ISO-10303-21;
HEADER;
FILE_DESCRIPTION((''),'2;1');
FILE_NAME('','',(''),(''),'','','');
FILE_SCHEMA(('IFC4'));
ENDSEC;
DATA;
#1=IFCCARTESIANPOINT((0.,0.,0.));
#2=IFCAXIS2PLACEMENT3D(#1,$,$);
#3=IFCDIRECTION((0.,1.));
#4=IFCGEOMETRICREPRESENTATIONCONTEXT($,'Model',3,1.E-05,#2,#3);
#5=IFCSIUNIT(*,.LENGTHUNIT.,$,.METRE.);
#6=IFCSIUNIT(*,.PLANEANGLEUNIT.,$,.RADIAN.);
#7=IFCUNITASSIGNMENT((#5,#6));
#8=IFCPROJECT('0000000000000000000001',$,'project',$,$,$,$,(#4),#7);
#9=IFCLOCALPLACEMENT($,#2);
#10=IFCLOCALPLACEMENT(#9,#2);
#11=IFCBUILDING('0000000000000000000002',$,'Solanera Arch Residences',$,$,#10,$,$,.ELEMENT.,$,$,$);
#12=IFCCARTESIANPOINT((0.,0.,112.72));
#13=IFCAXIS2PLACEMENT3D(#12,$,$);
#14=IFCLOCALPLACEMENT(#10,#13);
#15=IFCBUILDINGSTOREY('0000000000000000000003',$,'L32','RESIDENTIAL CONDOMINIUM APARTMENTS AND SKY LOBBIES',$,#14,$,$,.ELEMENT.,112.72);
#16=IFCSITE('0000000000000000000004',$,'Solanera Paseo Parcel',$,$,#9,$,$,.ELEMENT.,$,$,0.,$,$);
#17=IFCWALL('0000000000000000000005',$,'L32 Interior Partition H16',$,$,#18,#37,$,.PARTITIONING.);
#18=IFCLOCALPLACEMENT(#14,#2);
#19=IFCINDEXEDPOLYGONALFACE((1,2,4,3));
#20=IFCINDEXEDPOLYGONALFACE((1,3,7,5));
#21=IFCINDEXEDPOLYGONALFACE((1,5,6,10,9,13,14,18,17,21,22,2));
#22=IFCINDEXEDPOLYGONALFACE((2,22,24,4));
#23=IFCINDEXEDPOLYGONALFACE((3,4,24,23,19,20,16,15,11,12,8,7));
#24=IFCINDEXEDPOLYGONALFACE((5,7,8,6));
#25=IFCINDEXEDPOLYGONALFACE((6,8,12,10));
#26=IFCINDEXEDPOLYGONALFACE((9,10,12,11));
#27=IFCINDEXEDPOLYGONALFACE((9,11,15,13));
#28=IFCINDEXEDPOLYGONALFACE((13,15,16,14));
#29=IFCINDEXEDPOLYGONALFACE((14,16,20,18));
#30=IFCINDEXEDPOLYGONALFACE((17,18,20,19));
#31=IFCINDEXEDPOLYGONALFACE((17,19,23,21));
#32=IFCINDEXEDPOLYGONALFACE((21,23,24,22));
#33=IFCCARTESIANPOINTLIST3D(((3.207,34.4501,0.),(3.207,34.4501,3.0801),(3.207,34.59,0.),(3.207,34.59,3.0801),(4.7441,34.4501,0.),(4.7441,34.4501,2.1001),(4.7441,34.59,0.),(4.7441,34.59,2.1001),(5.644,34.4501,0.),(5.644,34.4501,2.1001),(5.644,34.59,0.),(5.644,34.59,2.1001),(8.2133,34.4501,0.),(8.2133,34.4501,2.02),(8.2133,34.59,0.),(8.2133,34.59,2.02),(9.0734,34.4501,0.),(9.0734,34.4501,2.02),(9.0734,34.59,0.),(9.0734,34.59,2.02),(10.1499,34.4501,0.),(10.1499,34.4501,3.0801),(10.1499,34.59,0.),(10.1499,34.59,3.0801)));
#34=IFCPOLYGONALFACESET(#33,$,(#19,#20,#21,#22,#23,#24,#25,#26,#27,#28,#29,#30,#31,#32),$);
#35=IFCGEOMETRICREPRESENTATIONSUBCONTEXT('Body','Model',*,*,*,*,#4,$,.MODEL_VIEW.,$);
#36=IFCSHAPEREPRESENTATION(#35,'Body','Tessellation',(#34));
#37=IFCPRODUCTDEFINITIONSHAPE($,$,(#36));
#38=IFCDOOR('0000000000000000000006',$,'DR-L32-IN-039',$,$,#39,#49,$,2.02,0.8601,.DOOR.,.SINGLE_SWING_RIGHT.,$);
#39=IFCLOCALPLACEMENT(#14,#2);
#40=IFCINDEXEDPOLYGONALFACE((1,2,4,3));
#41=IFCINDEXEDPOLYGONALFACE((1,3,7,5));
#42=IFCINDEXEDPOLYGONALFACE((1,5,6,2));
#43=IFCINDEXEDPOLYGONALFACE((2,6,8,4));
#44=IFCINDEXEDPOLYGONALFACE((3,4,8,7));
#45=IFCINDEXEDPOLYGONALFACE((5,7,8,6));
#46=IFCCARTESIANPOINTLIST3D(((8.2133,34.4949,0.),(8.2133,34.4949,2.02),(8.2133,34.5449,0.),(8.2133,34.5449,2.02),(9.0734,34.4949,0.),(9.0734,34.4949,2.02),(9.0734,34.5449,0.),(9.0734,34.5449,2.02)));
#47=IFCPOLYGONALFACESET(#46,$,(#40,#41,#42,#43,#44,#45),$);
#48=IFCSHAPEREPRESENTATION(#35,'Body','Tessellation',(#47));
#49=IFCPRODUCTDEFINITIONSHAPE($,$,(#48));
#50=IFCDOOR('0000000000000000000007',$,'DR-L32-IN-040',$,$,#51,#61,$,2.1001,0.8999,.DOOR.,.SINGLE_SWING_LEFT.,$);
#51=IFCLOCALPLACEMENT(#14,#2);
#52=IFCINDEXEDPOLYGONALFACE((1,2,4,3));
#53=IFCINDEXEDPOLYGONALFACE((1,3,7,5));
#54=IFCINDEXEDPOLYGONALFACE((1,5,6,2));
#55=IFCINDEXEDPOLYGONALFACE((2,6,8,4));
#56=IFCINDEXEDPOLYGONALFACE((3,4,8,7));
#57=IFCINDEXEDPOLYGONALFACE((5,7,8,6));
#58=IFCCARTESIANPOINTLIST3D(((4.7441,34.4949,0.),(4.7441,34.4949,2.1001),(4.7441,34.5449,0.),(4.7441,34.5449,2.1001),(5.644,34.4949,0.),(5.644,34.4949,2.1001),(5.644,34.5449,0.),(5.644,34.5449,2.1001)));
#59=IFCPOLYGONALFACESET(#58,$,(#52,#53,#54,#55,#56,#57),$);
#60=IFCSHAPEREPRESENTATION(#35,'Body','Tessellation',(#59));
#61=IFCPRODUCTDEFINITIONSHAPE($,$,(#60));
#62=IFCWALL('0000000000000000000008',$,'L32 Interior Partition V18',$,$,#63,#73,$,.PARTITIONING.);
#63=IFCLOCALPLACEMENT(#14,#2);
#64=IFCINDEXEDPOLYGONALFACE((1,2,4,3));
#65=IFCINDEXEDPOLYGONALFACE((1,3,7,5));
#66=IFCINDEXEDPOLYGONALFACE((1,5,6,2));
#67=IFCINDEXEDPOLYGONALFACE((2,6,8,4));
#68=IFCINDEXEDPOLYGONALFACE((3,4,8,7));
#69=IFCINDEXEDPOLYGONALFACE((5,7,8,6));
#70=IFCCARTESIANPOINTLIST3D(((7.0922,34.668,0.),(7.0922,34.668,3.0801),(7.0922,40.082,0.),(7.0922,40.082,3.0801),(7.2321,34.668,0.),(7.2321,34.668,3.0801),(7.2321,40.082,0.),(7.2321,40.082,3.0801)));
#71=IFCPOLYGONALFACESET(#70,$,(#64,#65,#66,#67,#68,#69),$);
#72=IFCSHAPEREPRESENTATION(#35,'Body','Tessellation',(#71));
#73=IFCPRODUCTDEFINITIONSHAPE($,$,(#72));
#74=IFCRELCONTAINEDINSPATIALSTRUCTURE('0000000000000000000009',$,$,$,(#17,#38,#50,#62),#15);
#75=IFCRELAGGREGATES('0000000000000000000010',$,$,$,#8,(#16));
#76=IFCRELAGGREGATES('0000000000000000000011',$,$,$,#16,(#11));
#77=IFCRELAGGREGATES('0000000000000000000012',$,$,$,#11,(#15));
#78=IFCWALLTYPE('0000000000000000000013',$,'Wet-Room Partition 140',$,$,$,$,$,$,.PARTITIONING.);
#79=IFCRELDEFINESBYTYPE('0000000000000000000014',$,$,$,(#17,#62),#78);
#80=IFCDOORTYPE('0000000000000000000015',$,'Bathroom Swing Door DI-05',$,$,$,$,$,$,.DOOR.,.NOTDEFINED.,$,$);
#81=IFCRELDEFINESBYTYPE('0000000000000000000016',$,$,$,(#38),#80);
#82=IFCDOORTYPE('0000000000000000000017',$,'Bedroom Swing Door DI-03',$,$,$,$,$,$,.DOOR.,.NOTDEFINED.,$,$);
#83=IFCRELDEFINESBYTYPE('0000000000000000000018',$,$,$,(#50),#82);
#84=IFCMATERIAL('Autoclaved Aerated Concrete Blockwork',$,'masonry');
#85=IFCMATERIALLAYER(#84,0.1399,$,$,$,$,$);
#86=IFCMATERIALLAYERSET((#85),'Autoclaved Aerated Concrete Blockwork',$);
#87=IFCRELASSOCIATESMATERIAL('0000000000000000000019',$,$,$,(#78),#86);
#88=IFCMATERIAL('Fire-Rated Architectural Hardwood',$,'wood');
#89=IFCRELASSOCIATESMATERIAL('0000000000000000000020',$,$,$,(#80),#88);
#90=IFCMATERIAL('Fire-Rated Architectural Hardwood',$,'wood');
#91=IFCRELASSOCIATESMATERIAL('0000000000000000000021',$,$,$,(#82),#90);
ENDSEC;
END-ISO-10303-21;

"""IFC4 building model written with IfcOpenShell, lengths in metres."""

from ifc_helpers import new_model, si_unit, direction, frame, frame_2d, origin, place, context, subcontext, project, spatial, rectangle, extrude, material, layer, layer_set, type_object, element, fill, save


model = new_model("IFC4")

# Units and contexts
model_context = context("Model", 3, precision=1e-05, world=origin(), true_north=direction((0.0, 1.0)))
body_context = subcontext(model_context, "Body", "Model", "MODEL_VIEW")
ifc_project = project(units=[si_unit("LENGTHUNIT", "METRE"), si_unit("PLANEANGLEUNIT", "RADIAN")], contexts=[model_context])

# Site, building, storey
site_placement = place(None, origin())
site = spatial("IfcSite", under=ifc_project, at=site_placement, Name="Solanera Paseo Parcel", CompositionType="ELEMENT", RefElevation=0.0)
building_placement = place(site_placement, origin())
building = spatial("IfcBuilding", under=site, at=building_placement, Name="Solanera Arch Residences", CompositionType="ELEMENT")
storey_placement = place(building_placement, frame((0.0, 0.0, 112.72)))
storey = spatial("IfcBuildingStorey", under=building, at=storey_placement, Name="L32", Description="RESIDENTIAL CONDOMINIUM APARTMENTS AND SKY LOBBIES", CompositionType="ELEMENT", Elevation=112.72)

# Wall, openings, doors
ifc_material_1 = material(Name="Autoclaved Aerated Concrete Blockwork", Category="masonry")
ifc_layer_1 = layer(ifc_material_1, 0.1399)
ifc_layer_set_1 = layer_set([ifc_layer_1], Name="Autoclaved Aerated Concrete Blockwork")
wall_type_1 = type_object("IfcWallType", Name="Wet-Room Partition 140", PredefinedType="PARTITIONING", material=ifc_layer_set_1)
wall_1_placement = place(storey_placement, frame((3.207, 34.52, 0.0), z_axis=(0.0, 0.0, 1.0), x_axis=(1.0, 0.0, 0.0)))
wall_1 = element("IfcWall", 1, at=wall_1_placement, inside=storey, type_object=wall_type_1, Name="L32 Interior Partition H16", PredefinedType="PARTITIONING", context=body_context, shape_type="SweptSolid", body=[
    extrude(rectangle(XDim=6.9429, YDim=0.1399, at=frame_2d((3.4714, 0.0))), origin(), (0.0, 0.0, 1.0), 3.0801),
])
opening_1_placement = place(wall_1_placement, frame((5.0061, 0.0, 0.0)))
opening_1 = element("IfcOpeningElement", 2, at=opening_1_placement, cuts=wall_1, PredefinedType="OPENING", context=body_context, shape_type="SweptSolid", body=[
    extrude(rectangle(XDim=0.8601, YDim=2.02, at=frame_2d((0.4302, 1.01))), frame((0.0, 0.0798, 0.0), z_axis=(0.0, -1.0, 0.0), x_axis=(1.0, 0.0, 0.0)), (0.0, 0.0, 1.0), 0.1599),
])
opening_2_placement = place(wall_1_placement, frame((1.5371, 0.0, 0.0)))
opening_2 = element("IfcOpeningElement", 3, at=opening_2_placement, cuts=wall_1, PredefinedType="OPENING", context=body_context, shape_type="SweptSolid", body=[
    extrude(rectangle(XDim=0.8999, YDim=2.1001, at=frame_2d((0.45, 1.05))), frame((0.0, 0.0798, 0.0), z_axis=(0.0, -1.0, 0.0), x_axis=(1.0, 0.0, 0.0)), (0.0, 0.0, 1.0), 0.1599),
])
ifc_material_2 = material(Name="Fire-Rated Architectural Hardwood", Category="wood")
door_type_1 = type_object("IfcDoorType", Name="Bathroom Swing Door DI-05", OperationType="NOTDEFINED", PredefinedType="DOOR", material=ifc_material_2)
door_1_placement = place(opening_1_placement, origin())
door_1 = element("IfcDoor", 4, at=door_1_placement, inside=storey, type_object=door_type_1, Name="DR-L32-IN-039", OperationType="SINGLE_SWING_RIGHT", OverallHeight=2.02, OverallWidth=0.8601, PredefinedType="DOOR", context=body_context, shape_type="SweptSolid", body=[
    extrude(rectangle(XDim=0.8601, YDim=2.02, at=frame_2d((0.4302, 1.01))), frame((0.0, 0.0249, 0.0), z_axis=(0.0, -1.0, 0.0), x_axis=(1.0, 0.0, 0.0)), (0.0, 0.0, 1.0), 0.05),
])
fill(opening_1, door_1)
ifc_material_3 = material(Name="Fire-Rated Architectural Hardwood", Category="wood")
door_type_2 = type_object("IfcDoorType", Name="Bedroom Swing Door DI-03", OperationType="NOTDEFINED", PredefinedType="DOOR", material=ifc_material_3)
door_2_placement = place(opening_2_placement, origin())
door_2 = element("IfcDoor", 5, at=door_2_placement, inside=storey, type_object=door_type_2, Name="DR-L32-IN-040", OperationType="SINGLE_SWING_LEFT", OverallHeight=2.1001, OverallWidth=0.8999, PredefinedType="DOOR", context=body_context, shape_type="SweptSolid", body=[
    extrude(rectangle(XDim=0.8999, YDim=2.1001, at=frame_2d((0.45, 1.05))), frame((0.0, 0.0249, 0.0), z_axis=(0.0, -1.0, 0.0), x_axis=(1.0, 0.0, 0.0)), (0.0, 0.0, 1.0), 0.05),
])
fill(opening_2, door_2)

# Wall
wall_2_placement = place(storey_placement, frame((7.1621, 34.668, 0.0), z_axis=(0.0, 0.0, 1.0), x_axis=(0.0, 1.0, 0.0)))
element("IfcWall", 6, at=wall_2_placement, inside=storey, type_object=wall_type_1, Name="L32 Interior Partition V18", PredefinedType="PARTITIONING", context=body_context, shape_type="SweptSolid", body=[
    extrude(rectangle(XDim=5.4141, YDim=0.1399, at=frame_2d((2.707, 0.0))), origin(), (0.0, 0.0, 1.0), 3.0801),
])

save(model, "model.ifc")
